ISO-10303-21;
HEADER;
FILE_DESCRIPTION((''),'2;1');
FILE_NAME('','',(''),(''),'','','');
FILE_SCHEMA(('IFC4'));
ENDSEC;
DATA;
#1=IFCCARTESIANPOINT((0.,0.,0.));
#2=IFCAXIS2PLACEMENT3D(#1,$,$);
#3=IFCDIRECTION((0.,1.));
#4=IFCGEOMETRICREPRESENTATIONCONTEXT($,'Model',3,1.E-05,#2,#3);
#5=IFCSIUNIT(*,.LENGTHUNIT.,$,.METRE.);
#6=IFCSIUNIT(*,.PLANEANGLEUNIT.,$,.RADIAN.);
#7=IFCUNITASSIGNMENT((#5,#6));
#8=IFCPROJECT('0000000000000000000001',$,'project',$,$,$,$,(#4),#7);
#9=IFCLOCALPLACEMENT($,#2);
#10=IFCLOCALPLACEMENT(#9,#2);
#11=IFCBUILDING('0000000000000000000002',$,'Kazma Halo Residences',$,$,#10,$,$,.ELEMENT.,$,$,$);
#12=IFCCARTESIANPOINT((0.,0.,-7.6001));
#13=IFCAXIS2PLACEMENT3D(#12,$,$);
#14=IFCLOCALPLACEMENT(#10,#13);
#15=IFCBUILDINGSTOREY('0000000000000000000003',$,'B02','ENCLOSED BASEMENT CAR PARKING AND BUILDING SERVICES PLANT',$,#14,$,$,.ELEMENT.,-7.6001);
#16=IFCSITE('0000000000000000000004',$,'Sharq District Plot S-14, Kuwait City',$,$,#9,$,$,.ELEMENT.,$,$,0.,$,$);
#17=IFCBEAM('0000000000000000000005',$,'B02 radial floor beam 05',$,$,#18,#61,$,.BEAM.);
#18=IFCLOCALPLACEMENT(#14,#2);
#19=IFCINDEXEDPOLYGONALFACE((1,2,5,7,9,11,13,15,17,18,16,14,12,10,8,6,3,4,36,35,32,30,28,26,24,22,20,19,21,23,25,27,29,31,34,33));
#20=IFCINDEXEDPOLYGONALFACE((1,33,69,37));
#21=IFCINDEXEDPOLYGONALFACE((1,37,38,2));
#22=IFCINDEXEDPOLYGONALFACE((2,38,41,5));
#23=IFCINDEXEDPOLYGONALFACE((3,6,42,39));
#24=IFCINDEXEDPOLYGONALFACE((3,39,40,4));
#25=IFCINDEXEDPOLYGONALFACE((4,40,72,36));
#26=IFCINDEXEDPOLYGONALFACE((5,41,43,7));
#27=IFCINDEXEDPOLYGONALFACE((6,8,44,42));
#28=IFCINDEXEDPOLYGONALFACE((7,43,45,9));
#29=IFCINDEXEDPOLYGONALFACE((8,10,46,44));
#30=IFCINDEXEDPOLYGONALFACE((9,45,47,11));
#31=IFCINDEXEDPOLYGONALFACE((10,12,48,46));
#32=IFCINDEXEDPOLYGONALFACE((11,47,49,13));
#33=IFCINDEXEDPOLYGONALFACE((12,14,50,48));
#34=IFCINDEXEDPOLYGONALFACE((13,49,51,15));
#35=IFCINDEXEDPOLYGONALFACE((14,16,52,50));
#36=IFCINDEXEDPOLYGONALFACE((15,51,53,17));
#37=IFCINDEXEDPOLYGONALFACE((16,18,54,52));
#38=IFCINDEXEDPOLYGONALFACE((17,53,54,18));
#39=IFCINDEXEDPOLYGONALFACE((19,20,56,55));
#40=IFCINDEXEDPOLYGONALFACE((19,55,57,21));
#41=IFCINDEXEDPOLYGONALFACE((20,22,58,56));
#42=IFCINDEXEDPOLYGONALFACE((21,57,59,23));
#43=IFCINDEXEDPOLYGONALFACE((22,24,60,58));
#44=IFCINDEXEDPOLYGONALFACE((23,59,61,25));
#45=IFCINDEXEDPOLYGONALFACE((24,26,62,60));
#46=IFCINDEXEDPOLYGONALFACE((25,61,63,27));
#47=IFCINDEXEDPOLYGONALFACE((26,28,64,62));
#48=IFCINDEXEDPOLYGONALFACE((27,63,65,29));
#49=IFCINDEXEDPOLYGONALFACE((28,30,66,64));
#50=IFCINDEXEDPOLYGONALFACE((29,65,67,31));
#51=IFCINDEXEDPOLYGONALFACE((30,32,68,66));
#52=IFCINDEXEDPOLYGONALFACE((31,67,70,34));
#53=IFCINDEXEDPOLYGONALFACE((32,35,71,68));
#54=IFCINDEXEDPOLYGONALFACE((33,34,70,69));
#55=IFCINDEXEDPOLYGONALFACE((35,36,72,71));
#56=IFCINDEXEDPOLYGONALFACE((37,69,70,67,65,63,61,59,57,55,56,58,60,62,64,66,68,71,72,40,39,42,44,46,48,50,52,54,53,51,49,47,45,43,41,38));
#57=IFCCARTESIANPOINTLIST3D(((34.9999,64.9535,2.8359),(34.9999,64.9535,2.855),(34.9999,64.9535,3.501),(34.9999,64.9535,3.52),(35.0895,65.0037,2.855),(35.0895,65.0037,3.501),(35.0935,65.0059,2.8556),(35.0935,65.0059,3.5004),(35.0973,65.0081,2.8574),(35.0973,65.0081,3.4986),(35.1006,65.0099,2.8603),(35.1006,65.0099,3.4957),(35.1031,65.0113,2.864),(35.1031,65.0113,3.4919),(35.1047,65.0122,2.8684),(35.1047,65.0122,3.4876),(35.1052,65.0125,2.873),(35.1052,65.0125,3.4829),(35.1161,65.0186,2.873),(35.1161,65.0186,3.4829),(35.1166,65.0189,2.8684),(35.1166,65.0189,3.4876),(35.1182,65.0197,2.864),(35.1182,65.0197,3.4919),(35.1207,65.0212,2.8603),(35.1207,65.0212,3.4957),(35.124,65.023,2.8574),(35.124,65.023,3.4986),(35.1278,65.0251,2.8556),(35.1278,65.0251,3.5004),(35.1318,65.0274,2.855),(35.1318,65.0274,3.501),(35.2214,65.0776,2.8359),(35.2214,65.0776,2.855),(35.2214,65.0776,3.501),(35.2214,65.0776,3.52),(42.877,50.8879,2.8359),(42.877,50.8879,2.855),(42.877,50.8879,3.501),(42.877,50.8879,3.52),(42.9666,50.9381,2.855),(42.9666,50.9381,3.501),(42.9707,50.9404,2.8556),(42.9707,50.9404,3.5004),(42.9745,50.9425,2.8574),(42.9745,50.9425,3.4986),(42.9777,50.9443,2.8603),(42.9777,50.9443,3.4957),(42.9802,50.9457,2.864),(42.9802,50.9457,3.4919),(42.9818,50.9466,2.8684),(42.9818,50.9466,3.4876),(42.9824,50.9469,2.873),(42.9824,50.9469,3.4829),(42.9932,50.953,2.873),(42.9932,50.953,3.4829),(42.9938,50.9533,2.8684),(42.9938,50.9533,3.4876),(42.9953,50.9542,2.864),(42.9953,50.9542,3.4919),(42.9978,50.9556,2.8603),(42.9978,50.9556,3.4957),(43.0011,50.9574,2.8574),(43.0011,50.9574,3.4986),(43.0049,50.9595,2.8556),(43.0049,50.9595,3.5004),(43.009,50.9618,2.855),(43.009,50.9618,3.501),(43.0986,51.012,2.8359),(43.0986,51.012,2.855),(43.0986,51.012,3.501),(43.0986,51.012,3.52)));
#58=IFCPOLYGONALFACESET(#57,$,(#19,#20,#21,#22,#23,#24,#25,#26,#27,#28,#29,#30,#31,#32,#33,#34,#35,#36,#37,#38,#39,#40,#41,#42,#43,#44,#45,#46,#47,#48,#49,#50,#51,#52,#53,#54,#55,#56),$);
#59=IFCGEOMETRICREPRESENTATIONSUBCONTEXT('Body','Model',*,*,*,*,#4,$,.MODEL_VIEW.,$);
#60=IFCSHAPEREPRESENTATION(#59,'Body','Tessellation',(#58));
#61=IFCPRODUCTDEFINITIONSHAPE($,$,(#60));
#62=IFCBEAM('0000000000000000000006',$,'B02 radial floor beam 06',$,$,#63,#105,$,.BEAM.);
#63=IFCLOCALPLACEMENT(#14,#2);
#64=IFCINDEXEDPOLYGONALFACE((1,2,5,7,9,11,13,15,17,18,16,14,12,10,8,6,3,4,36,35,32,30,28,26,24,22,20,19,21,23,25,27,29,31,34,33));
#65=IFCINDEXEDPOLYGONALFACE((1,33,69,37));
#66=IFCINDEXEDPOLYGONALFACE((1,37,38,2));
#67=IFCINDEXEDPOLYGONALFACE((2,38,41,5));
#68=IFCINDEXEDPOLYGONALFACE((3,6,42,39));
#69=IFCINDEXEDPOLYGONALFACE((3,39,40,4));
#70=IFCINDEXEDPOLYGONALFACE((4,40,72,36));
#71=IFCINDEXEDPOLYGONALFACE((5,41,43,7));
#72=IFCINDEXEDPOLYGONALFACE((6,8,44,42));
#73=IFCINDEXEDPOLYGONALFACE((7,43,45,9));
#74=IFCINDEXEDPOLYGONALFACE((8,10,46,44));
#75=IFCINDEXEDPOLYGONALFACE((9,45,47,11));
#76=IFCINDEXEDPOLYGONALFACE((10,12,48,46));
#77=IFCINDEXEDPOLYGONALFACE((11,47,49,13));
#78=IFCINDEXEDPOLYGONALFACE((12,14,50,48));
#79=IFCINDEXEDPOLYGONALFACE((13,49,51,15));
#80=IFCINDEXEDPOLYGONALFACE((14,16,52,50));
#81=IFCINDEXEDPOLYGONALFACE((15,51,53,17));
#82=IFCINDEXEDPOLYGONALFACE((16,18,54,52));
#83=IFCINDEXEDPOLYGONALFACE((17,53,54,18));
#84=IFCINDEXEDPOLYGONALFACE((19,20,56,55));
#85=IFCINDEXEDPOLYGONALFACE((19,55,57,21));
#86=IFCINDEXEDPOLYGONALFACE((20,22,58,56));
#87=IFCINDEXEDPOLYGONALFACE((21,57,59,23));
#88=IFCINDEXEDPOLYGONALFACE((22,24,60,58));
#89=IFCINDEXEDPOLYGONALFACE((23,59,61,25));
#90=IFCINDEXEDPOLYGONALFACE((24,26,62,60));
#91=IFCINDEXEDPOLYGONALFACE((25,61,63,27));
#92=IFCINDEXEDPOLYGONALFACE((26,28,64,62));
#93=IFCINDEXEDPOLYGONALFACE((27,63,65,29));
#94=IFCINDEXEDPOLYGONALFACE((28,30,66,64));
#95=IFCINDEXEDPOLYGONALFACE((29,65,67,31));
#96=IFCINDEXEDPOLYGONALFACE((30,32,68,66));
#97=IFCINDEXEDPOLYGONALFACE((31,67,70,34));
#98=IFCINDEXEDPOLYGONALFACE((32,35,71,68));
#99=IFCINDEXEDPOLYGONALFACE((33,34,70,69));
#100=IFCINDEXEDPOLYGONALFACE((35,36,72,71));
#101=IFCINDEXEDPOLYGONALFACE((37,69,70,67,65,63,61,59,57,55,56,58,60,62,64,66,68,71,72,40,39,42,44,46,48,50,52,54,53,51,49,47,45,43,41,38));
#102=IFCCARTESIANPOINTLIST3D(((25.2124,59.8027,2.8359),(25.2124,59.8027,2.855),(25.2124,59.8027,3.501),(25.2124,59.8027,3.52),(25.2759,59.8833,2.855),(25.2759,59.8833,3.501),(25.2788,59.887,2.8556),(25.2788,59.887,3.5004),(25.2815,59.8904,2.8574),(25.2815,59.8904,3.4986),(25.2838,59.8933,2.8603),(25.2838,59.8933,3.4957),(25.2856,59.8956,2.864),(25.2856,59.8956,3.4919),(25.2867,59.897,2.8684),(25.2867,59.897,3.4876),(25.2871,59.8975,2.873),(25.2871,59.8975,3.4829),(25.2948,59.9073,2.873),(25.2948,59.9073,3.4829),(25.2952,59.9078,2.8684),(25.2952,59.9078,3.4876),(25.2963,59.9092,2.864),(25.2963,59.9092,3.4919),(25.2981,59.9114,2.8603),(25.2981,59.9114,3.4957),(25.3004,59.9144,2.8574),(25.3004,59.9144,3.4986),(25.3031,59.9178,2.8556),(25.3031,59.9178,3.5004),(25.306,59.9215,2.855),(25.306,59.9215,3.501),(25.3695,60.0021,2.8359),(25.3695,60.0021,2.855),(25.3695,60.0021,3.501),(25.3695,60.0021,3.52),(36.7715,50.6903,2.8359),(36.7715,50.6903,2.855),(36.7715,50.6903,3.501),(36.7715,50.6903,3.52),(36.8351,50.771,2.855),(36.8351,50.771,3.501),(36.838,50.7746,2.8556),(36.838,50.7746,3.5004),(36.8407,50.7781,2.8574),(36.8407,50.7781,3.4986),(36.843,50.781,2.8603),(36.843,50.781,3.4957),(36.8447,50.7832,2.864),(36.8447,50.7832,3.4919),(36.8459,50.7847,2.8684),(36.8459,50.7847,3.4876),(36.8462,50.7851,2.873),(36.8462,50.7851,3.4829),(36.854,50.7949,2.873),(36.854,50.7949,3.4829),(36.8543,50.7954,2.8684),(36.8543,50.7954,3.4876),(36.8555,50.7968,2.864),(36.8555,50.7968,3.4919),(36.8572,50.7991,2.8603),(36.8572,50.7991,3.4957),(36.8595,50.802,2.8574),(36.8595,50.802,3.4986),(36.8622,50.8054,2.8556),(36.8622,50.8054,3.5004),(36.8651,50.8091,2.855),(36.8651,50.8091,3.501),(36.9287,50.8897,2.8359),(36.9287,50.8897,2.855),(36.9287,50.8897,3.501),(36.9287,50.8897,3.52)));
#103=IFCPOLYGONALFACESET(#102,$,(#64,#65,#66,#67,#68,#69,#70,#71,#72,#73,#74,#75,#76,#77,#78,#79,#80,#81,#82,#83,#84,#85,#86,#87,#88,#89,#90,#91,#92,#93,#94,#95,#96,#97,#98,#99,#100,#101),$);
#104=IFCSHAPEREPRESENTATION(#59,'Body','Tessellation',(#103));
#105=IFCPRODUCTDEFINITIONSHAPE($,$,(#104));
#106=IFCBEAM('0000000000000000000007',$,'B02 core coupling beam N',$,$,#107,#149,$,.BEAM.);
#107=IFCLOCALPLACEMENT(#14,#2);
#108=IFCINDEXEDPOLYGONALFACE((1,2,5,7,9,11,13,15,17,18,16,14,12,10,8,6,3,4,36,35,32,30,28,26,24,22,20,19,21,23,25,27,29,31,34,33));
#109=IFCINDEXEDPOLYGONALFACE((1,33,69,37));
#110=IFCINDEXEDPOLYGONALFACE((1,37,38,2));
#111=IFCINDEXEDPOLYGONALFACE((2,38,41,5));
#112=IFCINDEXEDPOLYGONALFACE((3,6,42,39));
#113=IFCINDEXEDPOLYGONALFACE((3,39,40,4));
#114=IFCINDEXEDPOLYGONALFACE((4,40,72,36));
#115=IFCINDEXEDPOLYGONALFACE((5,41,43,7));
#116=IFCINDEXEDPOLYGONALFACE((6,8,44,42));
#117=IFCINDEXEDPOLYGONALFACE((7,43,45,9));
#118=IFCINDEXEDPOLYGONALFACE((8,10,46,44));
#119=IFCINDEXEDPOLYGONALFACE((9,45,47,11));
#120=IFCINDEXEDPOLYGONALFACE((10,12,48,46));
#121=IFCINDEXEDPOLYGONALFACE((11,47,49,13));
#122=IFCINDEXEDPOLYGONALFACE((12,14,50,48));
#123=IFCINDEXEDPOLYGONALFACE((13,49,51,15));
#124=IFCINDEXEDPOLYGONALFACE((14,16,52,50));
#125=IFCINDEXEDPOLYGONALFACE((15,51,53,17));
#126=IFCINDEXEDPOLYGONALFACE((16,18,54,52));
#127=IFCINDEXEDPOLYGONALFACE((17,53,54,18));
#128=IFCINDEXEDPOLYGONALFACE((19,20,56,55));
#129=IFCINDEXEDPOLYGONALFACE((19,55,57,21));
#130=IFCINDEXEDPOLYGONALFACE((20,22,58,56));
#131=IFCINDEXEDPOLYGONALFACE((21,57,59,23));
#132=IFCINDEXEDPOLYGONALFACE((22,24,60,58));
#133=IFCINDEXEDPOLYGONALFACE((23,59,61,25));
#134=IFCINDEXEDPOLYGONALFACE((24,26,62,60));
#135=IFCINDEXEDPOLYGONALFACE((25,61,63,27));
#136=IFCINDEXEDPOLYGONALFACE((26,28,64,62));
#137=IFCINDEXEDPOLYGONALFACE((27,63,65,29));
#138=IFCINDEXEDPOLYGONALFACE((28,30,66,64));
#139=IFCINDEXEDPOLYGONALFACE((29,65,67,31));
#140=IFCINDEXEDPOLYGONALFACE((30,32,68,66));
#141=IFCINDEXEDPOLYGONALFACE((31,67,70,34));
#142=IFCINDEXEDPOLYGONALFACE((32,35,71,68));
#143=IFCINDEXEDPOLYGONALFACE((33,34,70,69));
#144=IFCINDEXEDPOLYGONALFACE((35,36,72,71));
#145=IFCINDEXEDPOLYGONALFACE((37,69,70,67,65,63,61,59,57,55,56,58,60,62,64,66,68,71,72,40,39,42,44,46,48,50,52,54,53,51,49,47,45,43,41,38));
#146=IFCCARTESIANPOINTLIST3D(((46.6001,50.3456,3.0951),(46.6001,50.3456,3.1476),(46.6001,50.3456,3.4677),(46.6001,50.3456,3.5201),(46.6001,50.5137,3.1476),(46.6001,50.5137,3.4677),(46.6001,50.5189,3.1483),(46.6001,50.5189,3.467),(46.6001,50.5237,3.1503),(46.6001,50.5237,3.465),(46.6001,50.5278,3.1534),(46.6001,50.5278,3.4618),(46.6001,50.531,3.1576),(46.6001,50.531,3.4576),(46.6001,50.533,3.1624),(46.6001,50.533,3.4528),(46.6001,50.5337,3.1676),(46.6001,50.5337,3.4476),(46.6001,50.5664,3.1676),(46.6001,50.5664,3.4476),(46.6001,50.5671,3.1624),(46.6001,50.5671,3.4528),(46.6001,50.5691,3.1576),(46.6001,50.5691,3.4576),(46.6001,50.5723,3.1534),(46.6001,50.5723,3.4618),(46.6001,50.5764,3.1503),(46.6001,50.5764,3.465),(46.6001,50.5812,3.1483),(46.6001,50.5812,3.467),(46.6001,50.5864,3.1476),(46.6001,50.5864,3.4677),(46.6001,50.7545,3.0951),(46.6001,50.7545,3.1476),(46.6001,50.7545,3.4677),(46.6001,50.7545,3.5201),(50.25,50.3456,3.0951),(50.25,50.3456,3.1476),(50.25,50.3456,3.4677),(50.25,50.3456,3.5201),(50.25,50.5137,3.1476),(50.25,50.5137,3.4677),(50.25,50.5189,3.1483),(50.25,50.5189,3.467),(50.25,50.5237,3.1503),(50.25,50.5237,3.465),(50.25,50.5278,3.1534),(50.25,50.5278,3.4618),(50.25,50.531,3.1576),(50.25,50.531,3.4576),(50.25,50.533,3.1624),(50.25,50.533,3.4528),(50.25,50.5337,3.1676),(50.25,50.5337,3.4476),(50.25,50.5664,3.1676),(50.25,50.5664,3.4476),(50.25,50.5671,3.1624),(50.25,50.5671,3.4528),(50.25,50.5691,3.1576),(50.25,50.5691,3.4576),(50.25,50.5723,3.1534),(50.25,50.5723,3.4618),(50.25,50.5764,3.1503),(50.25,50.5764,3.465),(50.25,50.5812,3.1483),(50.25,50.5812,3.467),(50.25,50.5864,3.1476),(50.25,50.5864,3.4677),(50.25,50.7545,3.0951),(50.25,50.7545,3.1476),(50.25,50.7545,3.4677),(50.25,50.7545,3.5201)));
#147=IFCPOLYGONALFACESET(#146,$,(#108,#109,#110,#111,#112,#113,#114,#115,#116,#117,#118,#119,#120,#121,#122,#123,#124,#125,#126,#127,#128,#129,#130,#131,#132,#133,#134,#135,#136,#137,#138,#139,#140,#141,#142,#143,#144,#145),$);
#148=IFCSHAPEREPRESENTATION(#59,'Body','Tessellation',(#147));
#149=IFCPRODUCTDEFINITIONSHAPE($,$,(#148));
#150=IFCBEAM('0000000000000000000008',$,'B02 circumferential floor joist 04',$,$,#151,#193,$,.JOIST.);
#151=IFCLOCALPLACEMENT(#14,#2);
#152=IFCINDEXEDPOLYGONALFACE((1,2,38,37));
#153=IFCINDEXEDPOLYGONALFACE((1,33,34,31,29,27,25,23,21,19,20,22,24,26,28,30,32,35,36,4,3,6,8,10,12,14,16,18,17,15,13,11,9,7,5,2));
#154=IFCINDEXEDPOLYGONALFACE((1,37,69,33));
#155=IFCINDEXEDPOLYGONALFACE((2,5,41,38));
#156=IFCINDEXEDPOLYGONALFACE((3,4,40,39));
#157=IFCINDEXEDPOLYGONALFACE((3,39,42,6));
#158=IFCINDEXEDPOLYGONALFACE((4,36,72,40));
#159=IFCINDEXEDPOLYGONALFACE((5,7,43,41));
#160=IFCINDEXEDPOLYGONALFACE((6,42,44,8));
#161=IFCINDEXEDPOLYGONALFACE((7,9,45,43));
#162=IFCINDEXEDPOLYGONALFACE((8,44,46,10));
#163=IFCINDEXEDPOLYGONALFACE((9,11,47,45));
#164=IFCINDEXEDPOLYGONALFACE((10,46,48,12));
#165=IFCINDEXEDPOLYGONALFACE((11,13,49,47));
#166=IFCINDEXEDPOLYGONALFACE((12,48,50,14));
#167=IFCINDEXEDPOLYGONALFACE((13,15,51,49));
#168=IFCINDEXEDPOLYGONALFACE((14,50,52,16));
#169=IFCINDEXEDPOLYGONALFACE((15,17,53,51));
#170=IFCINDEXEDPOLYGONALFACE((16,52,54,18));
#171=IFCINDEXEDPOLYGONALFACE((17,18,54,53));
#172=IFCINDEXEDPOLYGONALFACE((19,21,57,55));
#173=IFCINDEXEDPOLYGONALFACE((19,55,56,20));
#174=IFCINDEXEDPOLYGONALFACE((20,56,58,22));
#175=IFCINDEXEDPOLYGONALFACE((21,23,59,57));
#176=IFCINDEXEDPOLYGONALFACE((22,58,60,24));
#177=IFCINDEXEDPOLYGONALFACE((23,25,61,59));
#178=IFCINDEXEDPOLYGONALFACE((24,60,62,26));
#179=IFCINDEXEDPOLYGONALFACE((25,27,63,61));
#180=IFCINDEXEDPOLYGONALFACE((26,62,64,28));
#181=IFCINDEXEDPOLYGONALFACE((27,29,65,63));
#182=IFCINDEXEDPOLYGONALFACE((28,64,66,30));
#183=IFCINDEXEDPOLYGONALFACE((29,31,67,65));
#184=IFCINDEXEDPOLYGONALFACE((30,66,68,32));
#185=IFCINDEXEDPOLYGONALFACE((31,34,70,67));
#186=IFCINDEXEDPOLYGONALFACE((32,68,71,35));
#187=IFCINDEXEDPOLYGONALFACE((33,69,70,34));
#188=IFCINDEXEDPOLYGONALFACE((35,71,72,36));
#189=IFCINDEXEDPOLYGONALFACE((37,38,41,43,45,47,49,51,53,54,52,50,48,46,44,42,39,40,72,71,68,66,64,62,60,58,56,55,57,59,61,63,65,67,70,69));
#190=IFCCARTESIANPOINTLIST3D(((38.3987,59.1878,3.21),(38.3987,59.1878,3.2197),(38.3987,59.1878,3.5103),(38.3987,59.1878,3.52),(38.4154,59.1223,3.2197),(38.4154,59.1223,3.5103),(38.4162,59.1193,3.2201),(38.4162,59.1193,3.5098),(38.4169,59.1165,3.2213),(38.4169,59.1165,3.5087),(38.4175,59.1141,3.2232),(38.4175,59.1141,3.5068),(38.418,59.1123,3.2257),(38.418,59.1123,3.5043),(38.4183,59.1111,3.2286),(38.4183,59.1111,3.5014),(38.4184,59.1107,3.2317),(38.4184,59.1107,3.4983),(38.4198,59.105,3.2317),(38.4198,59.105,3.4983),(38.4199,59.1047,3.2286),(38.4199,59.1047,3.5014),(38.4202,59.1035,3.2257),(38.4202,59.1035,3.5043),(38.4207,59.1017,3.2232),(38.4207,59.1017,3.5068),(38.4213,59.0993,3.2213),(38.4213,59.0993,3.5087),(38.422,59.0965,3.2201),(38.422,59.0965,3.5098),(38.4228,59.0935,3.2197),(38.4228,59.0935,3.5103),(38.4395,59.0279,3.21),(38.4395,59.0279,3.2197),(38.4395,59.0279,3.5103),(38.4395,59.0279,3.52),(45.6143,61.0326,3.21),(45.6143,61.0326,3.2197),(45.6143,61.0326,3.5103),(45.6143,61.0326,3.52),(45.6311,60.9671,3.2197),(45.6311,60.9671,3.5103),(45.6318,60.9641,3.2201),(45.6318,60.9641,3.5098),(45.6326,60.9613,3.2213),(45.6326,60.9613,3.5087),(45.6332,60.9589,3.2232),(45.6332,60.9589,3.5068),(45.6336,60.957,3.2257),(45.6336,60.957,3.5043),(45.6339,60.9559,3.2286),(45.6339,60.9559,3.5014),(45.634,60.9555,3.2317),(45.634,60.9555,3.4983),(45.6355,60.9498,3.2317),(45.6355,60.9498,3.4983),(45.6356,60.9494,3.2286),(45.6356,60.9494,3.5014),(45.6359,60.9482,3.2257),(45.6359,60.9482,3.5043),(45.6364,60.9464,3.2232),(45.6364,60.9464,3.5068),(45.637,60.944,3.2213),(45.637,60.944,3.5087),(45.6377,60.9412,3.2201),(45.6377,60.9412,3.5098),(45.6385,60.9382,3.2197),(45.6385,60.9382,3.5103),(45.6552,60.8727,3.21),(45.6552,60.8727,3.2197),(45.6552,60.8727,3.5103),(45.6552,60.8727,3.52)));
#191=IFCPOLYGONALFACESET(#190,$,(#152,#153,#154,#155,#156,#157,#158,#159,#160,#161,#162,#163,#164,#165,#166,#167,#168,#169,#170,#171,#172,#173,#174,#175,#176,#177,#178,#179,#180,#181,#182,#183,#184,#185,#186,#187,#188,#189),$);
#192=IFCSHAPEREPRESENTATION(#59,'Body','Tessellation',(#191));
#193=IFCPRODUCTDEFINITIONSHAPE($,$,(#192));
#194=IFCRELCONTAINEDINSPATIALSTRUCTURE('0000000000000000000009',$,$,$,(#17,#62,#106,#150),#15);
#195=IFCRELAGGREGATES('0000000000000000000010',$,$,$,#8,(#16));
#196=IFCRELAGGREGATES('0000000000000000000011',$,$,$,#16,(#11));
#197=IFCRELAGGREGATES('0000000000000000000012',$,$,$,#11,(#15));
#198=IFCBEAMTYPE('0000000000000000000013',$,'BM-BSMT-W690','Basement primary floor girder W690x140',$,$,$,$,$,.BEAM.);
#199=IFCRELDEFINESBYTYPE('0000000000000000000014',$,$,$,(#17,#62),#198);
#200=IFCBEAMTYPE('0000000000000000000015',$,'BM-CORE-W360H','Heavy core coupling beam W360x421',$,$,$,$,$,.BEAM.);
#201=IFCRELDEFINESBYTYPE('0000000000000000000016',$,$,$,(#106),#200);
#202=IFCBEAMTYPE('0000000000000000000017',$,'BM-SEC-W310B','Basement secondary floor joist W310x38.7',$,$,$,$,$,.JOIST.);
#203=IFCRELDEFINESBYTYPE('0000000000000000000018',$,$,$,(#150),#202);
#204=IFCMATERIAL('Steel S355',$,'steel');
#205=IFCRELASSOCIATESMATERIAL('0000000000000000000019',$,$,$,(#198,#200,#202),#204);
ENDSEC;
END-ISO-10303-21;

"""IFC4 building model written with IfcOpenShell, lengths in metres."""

from ifc_helpers import new_model, si_unit, direction, frame, origin, origin_2d, place, context, subcontext, project, spatial, i_section, extrude, material, material_profile, profile_set, type_object, element, save


model = new_model("IFC4")

# Units and contexts
model_context = context("Model", 3, precision=1e-05, world=origin(), true_north=direction((0.0, 1.0)))
body_context = subcontext(model_context, "Body", "Model", "MODEL_VIEW")
ifc_project = project(units=[si_unit("LENGTHUNIT", "METRE"), si_unit("PLANEANGLEUNIT", "RADIAN")], contexts=[model_context])

# Site, building, storey
site_placement = place(None, origin())
site = spatial("IfcSite", under=ifc_project, at=site_placement, Name="Sharq District Plot S-14, Kuwait City", CompositionType="ELEMENT", RefElevation=0.0)
building_placement = place(site_placement, origin())
building = spatial("IfcBuilding", under=site, at=building_placement, Name="Kazma Halo Residences", CompositionType="ELEMENT")
storey_placement = place(building_placement, frame((0.0, 0.0, -7.6001)))
storey = spatial("IfcBuildingStorey", under=building, at=storey_placement, Name="B02", Description="ENCLOSED BASEMENT CAR PARKING AND BUILDING SERVICES PLANT", CompositionType="ELEMENT", Elevation=-7.6001)

# Beams
ifc_material_1 = material(Name="Steel S355", Category="steel")
ifc_material_profile_1 = material_profile(ifc_material_1, i_section(OverallWidth=0.2539, OverallDepth=0.6841, WebThickness=0.0125, FlangeThickness=0.019, FilletRadius=0.0181, at=origin_2d()), Name="W690x140")
ifc_profile_set_1 = profile_set([ifc_material_profile_1], Name="Steel S355")
beam_type_1 = type_object("IfcBeamType", Name="BM-BSMT-W690", Description="Basement primary floor girder W690x140", PredefinedType="BEAM", material=ifc_profile_set_1)
beam_1_placement = place(storey_placement, frame((42.9878, 50.95, 3.178), z_axis=(-0.488623, 0.872495, 0.0), x_axis=(-0.872495, -0.488623, 0.0)))
element("IfcBeam", 1, at=beam_1_placement, inside=storey, type_object=beam_type_1, Name="B02 radial floor beam 05", PredefinedType="BEAM", context=body_context, shape_type="SweptSolid", body=[
    extrude(i_section(OverallWidth=0.2539, OverallDepth=0.6841, WebThickness=0.0125, FlangeThickness=0.019, FilletRadius=0.0181, at=origin_2d()), origin(), (0.0, 0.0, 1.0), 16.1211),
])
beam_2_placement = place(storey_placement, frame((36.8501, 50.79, 3.178), z_axis=(-0.785322, 0.619088, 0.0), x_axis=(-0.619088, -0.785322, 0.0)))
element("IfcBeam", 2, at=beam_2_placement, inside=storey, type_object=beam_type_1, Name="B02 radial floor beam 06", PredefinedType="BEAM", context=body_context, shape_type="SweptSolid", body=[
    extrude(i_section(OverallWidth=0.2539, OverallDepth=0.6841, WebThickness=0.0125, FlangeThickness=0.019, FilletRadius=0.0181, at=origin_2d()), origin(), (0.0, 0.0, 1.0), 14.719),
])
ifc_material_profile_2 = material_profile(ifc_material_1, i_section(OverallWidth=0.4089, OverallDepth=0.425, WebThickness=0.0327, FlangeThickness=0.0525, FilletRadius=0.02, at=origin_2d()), Name="W360x421")
ifc_profile_set_2 = profile_set([ifc_material_profile_2], Name="Steel S355")
beam_type_2 = type_object("IfcBeamType", Name="BM-CORE-W360H", Description="Heavy core coupling beam W360x421", PredefinedType="BEAM", material=ifc_profile_set_2)
beam_3_placement = place(storey_placement, frame((46.6001, 50.55, 3.3076), z_axis=(1.0, 0.0, 0.0), x_axis=(0.0, 1.0, 0.0)))
element("IfcBeam", 3, at=beam_3_placement, inside=storey, type_object=beam_type_2, Name="B02 core coupling beam N", PredefinedType="BEAM", context=body_context, shape_type="SweptSolid", body=[
    extrude(i_section(OverallWidth=0.4089, OverallDepth=0.425, WebThickness=0.0327, FlangeThickness=0.0525, FilletRadius=0.02, at=origin_2d()), origin(), (0.0, 0.0, 1.0), 3.6499),
])
ifc_material_profile_3 = material_profile(ifc_material_1, i_section(OverallWidth=0.165, OverallDepth=0.3101, WebThickness=0.0059, FlangeThickness=0.0098, FilletRadius=0.012, at=origin_2d()), Name="W310x38.7")
ifc_profile_set_3 = profile_set([ifc_material_profile_3], Name="Steel S355")
beam_type_3 = type_object("IfcBeamType", Name="BM-SEC-W310B", Description="Basement secondary floor joist W310x38.7", PredefinedType="JOIST", material=ifc_profile_set_3)
beam_4_placement = place(storey_placement, frame((45.6348, 60.9526, 3.365), z_axis=(-0.968839, -0.247692, 0.0), x_axis=(0.247692, -0.968839, 0.0)))
element("IfcBeam", 4, at=beam_4_placement, inside=storey, type_object=beam_type_3, Name="B02 circumferential floor joist 04", PredefinedType="JOIST", context=body_context, shape_type="SweptSolid", body=[
    extrude(i_section(OverallWidth=0.165, OverallDepth=0.3101, WebThickness=0.0059, FlangeThickness=0.0098, FilletRadius=0.012, at=origin_2d()), origin(), (0.0, 0.0, 1.0), 7.4478),
])

save(model, "model.ifc")
